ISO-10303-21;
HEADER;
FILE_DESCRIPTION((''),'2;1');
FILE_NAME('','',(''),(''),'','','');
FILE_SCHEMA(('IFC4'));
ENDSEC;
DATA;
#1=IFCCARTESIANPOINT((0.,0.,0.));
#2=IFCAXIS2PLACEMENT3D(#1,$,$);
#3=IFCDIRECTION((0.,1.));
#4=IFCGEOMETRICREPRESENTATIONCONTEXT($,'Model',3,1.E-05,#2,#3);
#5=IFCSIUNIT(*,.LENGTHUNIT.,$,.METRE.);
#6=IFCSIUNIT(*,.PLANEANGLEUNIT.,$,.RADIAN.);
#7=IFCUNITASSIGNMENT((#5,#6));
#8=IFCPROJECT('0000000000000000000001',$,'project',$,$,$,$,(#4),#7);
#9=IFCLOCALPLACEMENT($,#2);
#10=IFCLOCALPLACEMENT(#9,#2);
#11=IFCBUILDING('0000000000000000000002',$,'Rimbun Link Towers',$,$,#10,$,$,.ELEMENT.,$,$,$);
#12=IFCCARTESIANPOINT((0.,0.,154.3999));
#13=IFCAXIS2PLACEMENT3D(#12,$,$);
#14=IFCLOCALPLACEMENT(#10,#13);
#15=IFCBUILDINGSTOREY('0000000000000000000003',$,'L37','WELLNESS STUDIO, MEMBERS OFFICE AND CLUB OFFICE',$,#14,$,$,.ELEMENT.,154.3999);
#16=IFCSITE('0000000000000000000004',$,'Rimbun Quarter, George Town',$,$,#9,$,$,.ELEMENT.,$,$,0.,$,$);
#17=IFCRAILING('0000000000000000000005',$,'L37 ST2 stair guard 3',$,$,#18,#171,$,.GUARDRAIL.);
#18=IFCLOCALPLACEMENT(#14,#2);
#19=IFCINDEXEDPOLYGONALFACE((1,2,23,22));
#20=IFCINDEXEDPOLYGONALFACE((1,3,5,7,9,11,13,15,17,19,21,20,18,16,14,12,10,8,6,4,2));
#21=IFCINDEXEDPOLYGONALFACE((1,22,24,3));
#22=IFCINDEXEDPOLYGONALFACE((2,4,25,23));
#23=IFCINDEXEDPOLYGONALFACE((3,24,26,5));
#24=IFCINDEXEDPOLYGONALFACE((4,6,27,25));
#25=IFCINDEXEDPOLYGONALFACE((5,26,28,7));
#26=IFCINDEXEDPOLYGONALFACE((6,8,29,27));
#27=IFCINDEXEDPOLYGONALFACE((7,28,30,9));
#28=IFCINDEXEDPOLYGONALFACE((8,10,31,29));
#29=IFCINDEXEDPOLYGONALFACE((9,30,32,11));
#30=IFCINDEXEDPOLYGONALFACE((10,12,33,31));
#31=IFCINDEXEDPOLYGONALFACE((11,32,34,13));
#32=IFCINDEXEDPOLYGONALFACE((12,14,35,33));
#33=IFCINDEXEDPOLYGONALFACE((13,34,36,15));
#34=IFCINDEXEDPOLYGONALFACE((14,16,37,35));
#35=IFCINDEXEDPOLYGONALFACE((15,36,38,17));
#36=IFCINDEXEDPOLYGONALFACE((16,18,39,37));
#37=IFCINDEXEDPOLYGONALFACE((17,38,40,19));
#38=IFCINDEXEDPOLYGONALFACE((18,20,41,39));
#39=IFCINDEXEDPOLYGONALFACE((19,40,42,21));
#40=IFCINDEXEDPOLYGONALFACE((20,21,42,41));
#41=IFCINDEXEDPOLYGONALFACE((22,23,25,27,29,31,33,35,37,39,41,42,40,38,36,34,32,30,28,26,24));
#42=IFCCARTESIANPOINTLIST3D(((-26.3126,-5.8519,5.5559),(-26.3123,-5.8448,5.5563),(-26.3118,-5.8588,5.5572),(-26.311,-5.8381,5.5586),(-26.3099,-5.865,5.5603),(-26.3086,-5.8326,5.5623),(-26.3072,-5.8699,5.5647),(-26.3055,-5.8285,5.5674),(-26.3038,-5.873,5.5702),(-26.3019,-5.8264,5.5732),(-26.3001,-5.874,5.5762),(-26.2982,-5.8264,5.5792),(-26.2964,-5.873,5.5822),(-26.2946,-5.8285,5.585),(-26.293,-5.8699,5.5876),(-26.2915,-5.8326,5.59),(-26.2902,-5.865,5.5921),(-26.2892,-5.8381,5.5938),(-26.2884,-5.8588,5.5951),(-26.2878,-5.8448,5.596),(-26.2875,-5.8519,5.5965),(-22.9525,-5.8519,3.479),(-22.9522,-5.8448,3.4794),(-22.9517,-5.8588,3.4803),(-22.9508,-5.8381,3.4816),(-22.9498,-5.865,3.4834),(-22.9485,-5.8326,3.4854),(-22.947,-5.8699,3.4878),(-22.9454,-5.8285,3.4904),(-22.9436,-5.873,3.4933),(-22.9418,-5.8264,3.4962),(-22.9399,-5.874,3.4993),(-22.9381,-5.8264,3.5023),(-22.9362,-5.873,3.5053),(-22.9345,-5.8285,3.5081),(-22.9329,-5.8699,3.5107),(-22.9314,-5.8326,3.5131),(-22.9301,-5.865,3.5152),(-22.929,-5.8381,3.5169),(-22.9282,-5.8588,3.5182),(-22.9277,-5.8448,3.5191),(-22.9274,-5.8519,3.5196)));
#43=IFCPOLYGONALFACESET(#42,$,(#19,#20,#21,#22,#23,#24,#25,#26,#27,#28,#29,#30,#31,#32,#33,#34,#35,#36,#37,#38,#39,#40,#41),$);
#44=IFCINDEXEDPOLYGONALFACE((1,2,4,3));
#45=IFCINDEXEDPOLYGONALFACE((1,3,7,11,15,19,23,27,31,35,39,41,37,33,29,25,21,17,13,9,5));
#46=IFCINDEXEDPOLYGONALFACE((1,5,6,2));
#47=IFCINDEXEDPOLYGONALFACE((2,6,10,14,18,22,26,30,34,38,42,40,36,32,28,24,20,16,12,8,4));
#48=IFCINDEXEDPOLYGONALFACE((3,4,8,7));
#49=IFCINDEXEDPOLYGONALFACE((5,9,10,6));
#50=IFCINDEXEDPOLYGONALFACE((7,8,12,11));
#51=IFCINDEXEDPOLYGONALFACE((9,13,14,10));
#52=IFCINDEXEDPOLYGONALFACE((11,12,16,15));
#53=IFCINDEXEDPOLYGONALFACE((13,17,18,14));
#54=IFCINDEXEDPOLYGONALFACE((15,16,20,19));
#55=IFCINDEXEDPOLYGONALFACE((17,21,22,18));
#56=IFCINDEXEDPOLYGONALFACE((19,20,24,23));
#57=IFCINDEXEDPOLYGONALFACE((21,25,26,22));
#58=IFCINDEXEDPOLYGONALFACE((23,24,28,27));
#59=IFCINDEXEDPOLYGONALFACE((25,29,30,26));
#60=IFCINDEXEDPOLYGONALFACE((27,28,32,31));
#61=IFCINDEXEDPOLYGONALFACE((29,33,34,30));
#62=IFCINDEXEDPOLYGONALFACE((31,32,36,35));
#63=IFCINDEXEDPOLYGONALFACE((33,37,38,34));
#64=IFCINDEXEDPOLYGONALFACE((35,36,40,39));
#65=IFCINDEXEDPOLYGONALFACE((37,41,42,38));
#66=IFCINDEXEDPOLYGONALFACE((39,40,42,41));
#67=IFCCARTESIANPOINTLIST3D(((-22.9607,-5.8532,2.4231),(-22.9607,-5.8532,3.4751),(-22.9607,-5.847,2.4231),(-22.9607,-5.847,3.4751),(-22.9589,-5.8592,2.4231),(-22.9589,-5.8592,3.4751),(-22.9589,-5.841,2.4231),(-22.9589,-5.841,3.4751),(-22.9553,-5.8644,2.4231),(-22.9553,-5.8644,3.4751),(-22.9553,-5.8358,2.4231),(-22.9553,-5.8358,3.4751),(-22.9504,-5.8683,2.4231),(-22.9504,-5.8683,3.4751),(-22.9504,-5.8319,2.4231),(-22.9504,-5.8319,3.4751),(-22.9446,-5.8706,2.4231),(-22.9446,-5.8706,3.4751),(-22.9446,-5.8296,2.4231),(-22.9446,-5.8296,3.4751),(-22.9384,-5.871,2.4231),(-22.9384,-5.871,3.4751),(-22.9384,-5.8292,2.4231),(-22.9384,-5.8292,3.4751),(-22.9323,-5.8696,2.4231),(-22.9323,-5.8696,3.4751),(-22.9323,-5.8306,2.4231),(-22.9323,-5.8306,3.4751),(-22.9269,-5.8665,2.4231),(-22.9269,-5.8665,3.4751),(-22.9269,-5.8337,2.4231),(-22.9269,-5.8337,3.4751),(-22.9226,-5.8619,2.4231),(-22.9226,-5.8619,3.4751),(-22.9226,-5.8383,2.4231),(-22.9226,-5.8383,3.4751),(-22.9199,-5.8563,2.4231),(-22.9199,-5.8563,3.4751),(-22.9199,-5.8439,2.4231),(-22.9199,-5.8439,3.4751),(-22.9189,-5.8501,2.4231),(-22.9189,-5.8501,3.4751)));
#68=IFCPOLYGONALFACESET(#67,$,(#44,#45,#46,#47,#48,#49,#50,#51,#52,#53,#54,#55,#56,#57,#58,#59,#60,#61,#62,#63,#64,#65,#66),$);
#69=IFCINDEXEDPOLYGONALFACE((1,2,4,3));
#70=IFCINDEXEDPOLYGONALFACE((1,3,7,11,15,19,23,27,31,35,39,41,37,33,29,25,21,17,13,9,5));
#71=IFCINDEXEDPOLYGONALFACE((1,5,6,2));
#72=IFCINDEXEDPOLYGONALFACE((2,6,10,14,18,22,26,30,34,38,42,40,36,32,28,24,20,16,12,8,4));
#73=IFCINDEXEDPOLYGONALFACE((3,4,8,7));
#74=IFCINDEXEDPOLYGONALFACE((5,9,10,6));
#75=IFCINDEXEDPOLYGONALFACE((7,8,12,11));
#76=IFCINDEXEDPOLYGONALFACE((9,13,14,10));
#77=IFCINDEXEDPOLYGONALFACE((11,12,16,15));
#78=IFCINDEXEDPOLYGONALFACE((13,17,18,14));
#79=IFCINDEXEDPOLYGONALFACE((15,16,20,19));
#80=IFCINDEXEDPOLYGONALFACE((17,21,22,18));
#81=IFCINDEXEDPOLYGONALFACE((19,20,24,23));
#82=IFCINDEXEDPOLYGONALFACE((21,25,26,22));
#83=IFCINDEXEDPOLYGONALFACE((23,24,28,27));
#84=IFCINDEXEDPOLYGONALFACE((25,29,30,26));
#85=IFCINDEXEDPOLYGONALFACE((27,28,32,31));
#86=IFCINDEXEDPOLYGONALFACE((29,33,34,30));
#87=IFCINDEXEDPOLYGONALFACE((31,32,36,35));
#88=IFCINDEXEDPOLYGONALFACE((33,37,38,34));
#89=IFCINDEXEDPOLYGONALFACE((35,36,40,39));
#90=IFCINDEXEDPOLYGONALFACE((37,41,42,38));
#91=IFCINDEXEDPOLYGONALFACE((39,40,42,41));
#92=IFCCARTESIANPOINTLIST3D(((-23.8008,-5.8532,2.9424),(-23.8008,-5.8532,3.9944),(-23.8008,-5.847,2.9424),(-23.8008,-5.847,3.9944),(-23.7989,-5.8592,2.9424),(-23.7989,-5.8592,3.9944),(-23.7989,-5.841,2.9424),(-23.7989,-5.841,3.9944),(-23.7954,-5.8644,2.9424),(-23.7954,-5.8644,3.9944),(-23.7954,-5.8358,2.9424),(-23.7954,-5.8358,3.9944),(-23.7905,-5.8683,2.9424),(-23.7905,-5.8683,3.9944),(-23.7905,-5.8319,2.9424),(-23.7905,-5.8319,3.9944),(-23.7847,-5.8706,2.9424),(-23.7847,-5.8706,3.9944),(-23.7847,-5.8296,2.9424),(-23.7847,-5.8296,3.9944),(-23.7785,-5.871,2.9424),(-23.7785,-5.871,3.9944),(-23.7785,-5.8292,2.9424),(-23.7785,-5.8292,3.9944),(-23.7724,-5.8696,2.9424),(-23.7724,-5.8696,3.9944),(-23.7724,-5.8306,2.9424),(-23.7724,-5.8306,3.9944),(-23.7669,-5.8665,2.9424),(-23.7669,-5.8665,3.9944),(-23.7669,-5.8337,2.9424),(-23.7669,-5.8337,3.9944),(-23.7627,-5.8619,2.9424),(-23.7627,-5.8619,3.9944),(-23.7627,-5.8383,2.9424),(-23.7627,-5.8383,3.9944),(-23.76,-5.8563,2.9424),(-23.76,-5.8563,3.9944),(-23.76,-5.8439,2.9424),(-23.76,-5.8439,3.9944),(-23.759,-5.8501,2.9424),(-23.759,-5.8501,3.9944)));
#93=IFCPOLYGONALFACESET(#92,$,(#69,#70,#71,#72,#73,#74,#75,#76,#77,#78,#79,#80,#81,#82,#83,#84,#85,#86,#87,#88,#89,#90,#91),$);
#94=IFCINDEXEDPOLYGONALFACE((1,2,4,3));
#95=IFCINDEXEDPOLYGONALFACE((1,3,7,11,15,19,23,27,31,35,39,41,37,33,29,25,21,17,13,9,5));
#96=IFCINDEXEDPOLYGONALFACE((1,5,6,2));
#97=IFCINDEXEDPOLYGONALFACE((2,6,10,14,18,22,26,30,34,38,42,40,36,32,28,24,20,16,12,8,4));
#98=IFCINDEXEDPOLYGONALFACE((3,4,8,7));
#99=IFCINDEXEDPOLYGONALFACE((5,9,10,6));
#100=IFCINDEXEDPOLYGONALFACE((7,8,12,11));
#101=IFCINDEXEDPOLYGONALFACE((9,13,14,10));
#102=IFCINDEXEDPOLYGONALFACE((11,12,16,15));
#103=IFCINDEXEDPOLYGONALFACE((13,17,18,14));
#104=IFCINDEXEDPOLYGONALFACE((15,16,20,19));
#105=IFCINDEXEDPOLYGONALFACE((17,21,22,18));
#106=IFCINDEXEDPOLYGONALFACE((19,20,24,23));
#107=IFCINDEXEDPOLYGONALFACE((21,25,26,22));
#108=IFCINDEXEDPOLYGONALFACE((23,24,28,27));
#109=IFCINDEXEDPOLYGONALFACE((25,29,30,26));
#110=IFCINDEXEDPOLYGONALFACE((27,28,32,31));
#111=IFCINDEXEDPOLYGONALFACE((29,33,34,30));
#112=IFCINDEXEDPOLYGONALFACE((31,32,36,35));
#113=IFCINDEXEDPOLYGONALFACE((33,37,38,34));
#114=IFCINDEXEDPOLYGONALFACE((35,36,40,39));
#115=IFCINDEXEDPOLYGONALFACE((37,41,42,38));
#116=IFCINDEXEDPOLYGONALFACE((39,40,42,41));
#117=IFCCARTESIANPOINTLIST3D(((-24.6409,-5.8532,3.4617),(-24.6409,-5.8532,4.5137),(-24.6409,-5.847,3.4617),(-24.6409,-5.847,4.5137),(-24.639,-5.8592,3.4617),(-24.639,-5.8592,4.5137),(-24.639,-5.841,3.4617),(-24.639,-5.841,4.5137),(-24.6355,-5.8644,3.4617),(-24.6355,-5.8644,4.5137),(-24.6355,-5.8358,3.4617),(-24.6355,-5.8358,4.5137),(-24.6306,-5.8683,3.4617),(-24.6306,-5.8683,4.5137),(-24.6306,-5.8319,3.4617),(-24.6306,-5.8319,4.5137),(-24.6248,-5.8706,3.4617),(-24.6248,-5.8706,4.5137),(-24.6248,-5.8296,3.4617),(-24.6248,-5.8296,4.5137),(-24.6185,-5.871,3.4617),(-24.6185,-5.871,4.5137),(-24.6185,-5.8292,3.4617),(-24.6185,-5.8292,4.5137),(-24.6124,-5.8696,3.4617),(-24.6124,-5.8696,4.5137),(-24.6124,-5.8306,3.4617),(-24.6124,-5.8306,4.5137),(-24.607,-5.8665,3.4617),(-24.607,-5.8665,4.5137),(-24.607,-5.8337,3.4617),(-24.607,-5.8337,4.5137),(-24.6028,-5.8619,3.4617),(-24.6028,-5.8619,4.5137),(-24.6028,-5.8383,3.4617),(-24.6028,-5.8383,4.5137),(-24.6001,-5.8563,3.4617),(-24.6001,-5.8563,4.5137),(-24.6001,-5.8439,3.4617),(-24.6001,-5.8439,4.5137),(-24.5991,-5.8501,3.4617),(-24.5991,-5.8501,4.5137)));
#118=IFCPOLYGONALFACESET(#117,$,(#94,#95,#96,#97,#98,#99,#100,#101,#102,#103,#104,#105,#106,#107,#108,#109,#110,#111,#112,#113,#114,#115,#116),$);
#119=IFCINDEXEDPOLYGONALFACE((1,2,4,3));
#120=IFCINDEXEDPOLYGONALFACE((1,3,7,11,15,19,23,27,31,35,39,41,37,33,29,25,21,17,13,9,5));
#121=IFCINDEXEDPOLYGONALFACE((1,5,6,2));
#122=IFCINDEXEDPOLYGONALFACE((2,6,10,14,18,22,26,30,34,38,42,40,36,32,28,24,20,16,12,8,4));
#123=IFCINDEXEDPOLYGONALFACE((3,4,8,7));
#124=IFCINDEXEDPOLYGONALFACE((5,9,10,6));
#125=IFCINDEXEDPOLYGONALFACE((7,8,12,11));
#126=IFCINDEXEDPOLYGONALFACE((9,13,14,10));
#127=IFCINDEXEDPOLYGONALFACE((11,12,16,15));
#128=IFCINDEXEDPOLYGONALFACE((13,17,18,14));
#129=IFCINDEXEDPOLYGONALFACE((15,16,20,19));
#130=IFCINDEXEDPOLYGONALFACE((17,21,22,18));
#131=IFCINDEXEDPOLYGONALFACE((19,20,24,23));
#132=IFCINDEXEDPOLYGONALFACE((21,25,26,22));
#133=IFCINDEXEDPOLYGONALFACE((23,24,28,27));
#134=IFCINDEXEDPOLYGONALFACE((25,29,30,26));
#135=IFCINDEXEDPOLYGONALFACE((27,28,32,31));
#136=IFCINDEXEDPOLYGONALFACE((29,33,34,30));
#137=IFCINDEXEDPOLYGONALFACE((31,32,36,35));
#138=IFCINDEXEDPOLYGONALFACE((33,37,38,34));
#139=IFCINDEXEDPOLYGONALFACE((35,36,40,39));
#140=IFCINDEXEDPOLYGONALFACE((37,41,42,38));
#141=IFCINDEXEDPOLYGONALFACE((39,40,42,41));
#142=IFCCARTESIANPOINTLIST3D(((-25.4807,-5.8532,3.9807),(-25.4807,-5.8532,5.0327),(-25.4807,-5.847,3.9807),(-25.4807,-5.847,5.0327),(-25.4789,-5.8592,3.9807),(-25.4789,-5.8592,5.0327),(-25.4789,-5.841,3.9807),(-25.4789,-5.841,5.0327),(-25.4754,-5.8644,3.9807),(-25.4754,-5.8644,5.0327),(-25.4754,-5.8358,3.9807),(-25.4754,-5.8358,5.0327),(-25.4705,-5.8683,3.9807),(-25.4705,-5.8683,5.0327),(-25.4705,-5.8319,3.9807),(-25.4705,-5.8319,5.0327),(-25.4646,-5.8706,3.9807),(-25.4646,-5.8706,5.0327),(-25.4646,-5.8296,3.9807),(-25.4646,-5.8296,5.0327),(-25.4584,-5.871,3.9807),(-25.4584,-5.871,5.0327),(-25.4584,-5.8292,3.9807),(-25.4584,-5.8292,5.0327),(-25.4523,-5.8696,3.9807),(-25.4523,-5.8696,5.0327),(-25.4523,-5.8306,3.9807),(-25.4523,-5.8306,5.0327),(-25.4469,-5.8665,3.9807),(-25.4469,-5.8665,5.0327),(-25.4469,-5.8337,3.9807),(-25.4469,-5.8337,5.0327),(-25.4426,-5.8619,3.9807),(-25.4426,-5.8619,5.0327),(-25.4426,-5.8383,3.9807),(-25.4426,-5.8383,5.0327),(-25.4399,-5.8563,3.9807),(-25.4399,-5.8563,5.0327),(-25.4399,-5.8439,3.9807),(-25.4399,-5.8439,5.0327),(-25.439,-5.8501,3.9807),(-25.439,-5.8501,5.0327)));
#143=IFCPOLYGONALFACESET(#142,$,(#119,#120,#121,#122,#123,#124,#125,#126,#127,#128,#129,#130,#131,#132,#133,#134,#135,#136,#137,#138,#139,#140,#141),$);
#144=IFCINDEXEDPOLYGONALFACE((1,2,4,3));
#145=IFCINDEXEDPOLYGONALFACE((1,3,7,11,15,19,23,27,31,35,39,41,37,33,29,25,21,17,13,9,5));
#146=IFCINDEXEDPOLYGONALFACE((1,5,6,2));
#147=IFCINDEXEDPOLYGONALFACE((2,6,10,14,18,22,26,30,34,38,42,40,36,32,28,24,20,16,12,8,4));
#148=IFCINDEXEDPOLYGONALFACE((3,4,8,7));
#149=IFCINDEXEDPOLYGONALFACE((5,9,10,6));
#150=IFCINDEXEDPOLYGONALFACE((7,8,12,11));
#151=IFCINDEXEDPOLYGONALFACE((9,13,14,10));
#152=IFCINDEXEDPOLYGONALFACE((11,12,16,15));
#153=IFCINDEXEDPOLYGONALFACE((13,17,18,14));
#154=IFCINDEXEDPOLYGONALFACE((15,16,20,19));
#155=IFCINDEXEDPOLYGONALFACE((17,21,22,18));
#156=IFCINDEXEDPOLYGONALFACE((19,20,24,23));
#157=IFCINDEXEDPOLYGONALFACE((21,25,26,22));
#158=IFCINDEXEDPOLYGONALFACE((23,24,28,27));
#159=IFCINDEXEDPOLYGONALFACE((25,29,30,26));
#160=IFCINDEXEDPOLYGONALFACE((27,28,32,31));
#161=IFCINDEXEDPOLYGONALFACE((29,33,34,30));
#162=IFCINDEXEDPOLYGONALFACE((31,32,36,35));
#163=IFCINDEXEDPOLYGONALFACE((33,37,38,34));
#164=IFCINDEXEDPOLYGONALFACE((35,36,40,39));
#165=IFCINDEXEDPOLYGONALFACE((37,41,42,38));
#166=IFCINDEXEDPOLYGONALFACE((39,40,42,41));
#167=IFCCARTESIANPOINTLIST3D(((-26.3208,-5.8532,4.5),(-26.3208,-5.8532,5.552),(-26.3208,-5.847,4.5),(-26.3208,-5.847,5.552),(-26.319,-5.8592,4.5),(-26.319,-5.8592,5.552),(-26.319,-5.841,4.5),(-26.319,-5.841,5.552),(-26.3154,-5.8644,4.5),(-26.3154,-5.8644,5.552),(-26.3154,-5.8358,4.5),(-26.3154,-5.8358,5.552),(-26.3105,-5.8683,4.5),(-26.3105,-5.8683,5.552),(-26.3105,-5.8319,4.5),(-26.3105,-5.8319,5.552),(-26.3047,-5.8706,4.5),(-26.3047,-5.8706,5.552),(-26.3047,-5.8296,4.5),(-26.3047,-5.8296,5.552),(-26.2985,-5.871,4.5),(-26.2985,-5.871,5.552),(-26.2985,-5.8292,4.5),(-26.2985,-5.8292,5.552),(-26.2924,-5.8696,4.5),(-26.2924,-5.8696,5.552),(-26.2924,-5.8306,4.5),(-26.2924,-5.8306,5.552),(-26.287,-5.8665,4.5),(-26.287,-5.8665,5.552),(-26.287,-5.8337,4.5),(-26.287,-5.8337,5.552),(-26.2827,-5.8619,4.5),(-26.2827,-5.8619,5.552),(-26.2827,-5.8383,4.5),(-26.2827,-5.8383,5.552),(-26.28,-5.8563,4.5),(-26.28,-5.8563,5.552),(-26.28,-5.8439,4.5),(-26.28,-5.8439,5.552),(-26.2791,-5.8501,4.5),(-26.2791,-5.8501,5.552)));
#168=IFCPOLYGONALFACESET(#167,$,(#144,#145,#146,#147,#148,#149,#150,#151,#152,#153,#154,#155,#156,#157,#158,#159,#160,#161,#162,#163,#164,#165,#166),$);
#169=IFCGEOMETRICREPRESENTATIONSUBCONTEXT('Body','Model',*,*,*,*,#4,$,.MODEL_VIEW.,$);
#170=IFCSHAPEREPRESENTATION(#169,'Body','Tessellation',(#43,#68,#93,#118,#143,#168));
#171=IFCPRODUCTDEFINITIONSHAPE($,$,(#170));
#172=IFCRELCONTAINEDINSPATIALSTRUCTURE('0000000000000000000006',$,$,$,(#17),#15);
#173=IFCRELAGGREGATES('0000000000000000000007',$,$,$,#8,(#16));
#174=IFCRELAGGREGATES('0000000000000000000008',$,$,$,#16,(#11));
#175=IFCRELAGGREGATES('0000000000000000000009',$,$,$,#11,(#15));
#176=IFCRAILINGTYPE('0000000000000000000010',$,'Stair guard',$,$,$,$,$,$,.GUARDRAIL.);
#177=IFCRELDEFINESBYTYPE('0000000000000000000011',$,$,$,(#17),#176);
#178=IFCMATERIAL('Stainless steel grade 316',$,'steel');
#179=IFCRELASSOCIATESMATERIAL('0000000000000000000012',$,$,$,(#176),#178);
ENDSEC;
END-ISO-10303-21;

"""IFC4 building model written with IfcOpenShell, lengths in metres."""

from ifc_helpers import new_model, si_unit, direction, frame, origin, origin_2d, place, context, subcontext, project, spatial, circle, extrude, material, type_object, element, save


model = new_model("IFC4")

# Units and contexts
model_context = context("Model", 3, precision=1e-05, world=origin(), true_north=direction((0.0, 1.0)))
body_context = subcontext(model_context, "Body", "Model", "MODEL_VIEW")
ifc_project = project(units=[si_unit("LENGTHUNIT", "METRE"), si_unit("PLANEANGLEUNIT", "RADIAN")], contexts=[model_context])

# Site, building, storey
site_placement = place(None, origin())
site = spatial("IfcSite", under=ifc_project, at=site_placement, Name="Rimbun Quarter, George Town", CompositionType="ELEMENT", RefElevation=0.0)
building_placement = place(site_placement, origin())
building = spatial("IfcBuilding", under=site, at=building_placement, Name="Rimbun Link Towers", CompositionType="ELEMENT")
storey_placement = place(building_placement, frame((0.0, 0.0, 154.3999)))
storey = spatial("IfcBuildingStorey", under=building, at=storey_placement, Name="L37", Description="WELLNESS STUDIO, MEMBERS OFFICE AND CLUB OFFICE", CompositionType="ELEMENT", Elevation=154.3999)

# Railing
ifc_material_1 = material(Name="Stainless steel grade 316", Category="steel")
railing_type_1 = type_object("IfcRailingType", Name="Stair guard", PredefinedType="GUARDRAIL", material=ifc_material_1)
railing_1_placement = place(storey_placement, frame((-22.9399, -5.8501, 2.4231)))
element("IfcRailing", 1, at=railing_1_placement, inside=storey, type_object=railing_type_1, Name="L37 ST2 stair guard 3", PredefinedType="GUARDRAIL", context=body_context, shape_type="SweptSolid", body=[
    extrude(circle(Radius=0.0239, at=origin_2d()), frame((0.0, 0.0, 1.0762), z_axis=(-0.850623, 0.0, 0.525776), x_axis=(0.0, -1.0, 0.0)), (0.0, 0.0, 1.0), 3.9502),
    extrude(circle(Radius=0.021, at=origin_2d()), origin(), (0.0, 0.0, 1.0), 1.052),
    extrude(circle(Radius=0.021, at=origin_2d()), frame((-0.8401, 0.0, 0.5193)), (0.0, 0.0, 1.0), 1.052),
    extrude(circle(Radius=0.021, at=origin_2d()), frame((-1.6802, 0.0, 1.0386)), (0.0, 0.0, 1.0), 1.052),
    extrude(circle(Radius=0.021, at=origin_2d()), frame((-2.52, 0.0, 1.5576)), (0.0, 0.0, 1.0), 1.052),
    extrude(circle(Radius=0.021, at=origin_2d()), frame((-3.3601, 0.0, 2.0769)), (0.0, 0.0, 1.0), 1.052),
])

save(model, "model.ifc")
